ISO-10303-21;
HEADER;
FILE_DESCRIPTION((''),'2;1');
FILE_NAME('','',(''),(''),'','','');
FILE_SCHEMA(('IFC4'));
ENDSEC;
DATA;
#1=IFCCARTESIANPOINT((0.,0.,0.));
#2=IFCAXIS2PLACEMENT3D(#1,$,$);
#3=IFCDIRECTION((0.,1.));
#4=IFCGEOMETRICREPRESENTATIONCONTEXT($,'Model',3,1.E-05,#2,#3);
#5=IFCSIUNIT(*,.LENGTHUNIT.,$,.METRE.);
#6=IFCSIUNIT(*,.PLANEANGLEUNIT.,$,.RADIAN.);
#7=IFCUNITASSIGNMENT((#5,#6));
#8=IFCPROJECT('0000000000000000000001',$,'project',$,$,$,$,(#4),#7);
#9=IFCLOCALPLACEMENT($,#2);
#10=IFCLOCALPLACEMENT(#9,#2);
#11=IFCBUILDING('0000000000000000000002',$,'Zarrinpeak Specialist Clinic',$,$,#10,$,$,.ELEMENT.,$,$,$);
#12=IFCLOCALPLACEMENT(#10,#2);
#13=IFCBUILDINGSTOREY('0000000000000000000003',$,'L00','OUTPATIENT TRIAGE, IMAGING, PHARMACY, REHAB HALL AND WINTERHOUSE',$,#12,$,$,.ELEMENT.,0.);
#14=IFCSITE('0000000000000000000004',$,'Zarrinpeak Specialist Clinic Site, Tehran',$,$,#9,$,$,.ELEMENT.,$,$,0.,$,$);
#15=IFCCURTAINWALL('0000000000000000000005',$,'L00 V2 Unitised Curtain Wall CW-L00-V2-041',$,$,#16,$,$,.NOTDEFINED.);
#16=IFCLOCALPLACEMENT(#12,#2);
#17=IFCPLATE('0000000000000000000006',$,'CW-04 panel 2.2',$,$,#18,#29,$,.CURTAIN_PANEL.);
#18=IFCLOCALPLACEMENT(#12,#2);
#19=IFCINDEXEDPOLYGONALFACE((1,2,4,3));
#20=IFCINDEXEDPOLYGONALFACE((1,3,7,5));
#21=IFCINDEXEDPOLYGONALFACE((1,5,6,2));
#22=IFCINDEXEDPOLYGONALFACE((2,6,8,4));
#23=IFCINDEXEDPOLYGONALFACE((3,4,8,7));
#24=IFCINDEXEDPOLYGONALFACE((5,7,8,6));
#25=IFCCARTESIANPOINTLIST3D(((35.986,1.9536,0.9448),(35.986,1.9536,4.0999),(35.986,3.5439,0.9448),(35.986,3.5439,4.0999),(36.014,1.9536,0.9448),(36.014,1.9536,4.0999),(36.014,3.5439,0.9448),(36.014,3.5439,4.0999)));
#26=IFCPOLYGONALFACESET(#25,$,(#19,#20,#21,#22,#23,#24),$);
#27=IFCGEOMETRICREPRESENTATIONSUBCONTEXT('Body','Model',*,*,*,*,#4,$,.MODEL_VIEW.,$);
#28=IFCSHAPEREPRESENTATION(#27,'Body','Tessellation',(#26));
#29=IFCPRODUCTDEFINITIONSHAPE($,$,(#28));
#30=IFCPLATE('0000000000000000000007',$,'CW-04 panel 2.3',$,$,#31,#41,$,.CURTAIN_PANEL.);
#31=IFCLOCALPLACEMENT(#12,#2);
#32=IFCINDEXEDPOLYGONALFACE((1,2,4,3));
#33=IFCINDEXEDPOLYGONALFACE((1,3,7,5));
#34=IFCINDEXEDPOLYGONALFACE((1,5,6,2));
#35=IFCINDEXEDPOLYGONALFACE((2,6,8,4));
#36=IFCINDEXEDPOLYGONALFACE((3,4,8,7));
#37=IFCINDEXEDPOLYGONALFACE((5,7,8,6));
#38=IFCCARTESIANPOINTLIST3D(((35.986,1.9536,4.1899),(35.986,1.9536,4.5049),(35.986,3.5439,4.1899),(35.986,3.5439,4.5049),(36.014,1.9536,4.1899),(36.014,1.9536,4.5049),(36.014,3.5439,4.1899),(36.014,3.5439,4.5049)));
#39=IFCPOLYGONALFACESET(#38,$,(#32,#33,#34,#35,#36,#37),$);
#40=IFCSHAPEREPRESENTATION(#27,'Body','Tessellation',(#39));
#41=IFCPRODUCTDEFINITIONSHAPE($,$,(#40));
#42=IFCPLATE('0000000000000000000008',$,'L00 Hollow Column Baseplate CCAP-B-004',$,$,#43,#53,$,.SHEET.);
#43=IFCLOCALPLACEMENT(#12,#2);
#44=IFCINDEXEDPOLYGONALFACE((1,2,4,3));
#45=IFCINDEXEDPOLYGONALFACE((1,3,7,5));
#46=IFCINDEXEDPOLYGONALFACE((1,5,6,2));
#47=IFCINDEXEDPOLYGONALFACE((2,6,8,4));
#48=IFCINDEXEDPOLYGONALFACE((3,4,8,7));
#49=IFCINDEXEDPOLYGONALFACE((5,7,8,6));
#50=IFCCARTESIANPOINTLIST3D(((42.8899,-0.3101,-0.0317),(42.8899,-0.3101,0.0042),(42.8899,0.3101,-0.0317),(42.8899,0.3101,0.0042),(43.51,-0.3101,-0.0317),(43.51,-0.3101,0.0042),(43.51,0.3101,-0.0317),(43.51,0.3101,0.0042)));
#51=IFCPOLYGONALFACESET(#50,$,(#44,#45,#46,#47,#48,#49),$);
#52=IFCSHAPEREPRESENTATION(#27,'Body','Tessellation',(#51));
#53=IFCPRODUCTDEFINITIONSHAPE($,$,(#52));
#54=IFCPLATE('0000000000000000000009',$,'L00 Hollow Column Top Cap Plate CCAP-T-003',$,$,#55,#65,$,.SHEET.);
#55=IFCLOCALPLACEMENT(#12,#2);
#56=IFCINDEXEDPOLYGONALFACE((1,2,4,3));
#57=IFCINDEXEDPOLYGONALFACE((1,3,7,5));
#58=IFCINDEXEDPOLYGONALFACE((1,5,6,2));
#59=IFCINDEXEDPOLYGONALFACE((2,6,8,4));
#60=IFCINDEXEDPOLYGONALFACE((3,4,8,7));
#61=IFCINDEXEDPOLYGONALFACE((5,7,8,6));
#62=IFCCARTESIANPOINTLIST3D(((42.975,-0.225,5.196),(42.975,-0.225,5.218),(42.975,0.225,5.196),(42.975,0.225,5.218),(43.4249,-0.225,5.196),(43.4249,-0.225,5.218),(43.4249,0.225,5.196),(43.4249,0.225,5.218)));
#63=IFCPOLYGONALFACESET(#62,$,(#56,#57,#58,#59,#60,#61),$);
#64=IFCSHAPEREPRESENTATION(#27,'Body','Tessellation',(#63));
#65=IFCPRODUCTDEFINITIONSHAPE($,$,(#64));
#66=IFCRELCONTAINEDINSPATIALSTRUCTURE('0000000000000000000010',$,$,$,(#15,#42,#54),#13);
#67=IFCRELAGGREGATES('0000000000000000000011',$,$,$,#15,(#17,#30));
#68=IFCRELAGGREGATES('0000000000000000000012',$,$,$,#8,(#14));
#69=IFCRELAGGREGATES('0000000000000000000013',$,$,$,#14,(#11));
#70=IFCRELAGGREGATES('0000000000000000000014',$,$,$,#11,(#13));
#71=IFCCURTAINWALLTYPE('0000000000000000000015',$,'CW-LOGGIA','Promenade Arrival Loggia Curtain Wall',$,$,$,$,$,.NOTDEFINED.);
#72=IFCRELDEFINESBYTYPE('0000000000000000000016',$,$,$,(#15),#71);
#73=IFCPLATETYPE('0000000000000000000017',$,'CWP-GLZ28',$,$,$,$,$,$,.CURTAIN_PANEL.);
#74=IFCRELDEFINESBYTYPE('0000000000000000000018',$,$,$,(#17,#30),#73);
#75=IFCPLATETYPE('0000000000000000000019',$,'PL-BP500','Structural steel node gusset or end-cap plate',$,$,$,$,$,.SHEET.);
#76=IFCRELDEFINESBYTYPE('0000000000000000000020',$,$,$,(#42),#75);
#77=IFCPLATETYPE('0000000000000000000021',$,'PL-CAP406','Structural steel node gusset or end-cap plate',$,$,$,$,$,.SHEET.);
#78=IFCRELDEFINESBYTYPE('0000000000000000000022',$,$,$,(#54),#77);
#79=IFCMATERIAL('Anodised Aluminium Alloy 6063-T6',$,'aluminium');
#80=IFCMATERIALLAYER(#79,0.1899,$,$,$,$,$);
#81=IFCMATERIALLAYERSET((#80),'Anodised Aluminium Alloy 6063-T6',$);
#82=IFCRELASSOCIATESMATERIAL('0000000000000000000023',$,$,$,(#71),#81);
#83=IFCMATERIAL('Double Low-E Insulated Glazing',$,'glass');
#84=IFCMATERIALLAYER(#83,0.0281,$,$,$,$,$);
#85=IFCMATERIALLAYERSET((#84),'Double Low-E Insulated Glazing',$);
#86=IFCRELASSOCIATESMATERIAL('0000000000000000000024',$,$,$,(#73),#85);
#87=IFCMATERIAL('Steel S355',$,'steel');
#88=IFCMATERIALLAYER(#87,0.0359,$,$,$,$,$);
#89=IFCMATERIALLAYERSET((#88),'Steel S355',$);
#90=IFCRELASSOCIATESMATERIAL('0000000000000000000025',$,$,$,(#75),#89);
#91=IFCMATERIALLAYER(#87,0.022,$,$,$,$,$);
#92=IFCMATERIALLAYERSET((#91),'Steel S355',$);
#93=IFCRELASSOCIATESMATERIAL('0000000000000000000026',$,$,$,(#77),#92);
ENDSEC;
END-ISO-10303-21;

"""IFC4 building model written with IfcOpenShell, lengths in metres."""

from ifc_helpers import new_model, si_unit, direction, frame, origin, origin_2d, place, context, subcontext, project, spatial, rectangle, extrude, material, layer, layer_set, type_object, element, aggregate, save


model = new_model("IFC4")

# Units and contexts
model_context = context("Model", 3, precision=1e-05, world=origin(), true_north=direction((0.0, 1.0)))
body_context = subcontext(model_context, "Body", "Model", "MODEL_VIEW")
ifc_project = project(units=[si_unit("LENGTHUNIT", "METRE"), si_unit("PLANEANGLEUNIT", "RADIAN")], contexts=[model_context])

# Site, building, storey
site_placement = place(None, origin())
site = spatial("IfcSite", under=ifc_project, at=site_placement, Name="Zarrinpeak Specialist Clinic Site, Tehran", CompositionType="ELEMENT", RefElevation=0.0)
building_placement = place(site_placement, origin())
building = spatial("IfcBuilding", under=site, at=building_placement, Name="Zarrinpeak Specialist Clinic", CompositionType="ELEMENT")
storey_placement = place(building_placement, origin())
storey = spatial("IfcBuildingStorey", under=building, at=storey_placement, Name="L00", Description="OUTPATIENT TRIAGE, IMAGING, PHARMACY, REHAB HALL AND WINTERHOUSE", CompositionType="ELEMENT", Elevation=0.0)

# Shared definitions
ifc_material_1 = material(Name="Steel S355", Category="steel")

# Curtain wall, plates
ifc_material_2 = material(Name="Anodised Aluminium Alloy 6063-T6", Category="aluminium")
ifc_layer_1 = layer(ifc_material_2, 0.1899)
ifc_layer_set_1 = layer_set([ifc_layer_1], Name="Anodised Aluminium Alloy 6063-T6")
curtain_wall_type = type_object("IfcCurtainWallType", Name="CW-LOGGIA", Description="Promenade Arrival Loggia Curtain Wall", PredefinedType="NOTDEFINED", material=ifc_layer_set_1)
curtain_wall_placement = place(storey_placement, origin())
curtain_wall = element("IfcCurtainWall", 1, at=curtain_wall_placement, inside=storey, type_object=curtain_wall_type, Name="L00 V2 Unitised Curtain Wall CW-L00-V2-041", PredefinedType="NOTDEFINED")
ifc_material_3 = material(Name="Double Low-E Insulated Glazing", Category="glass")
ifc_layer_2 = layer(ifc_material_3, 0.0281)
ifc_layer_set_2 = layer_set([ifc_layer_2], Name="Double Low-E Insulated Glazing")
plate_type_1 = type_object("IfcPlateType", Name="CWP-GLZ28", PredefinedType="CURTAIN_PANEL", material=ifc_layer_set_2)
plate_1_placement = place(storey_placement, frame((36.0, 2.7488, 0.9448), z_axis=(0.0, 0.0, 1.0), x_axis=(0.0, 1.0, 0.0)))
plate_1 = element("IfcPlate", 2, at=plate_1_placement, type_object=plate_type_1, Name="CW-04 panel 2.2", PredefinedType="CURTAIN_PANEL", context=body_context, shape_type="SweptSolid", body=[
    extrude(rectangle(XDim=1.5903, YDim=0.0281, at=origin_2d()), origin(), (0.0, 0.0, 1.0), 3.155),
])
plate_2_placement = place(storey_placement, frame((36.0, 2.7488, 4.1899), z_axis=(0.0, 0.0, 1.0), x_axis=(0.0, 1.0, 0.0)))
plate_2 = element("IfcPlate", 3, at=plate_2_placement, type_object=plate_type_1, Name="CW-04 panel 2.3", PredefinedType="CURTAIN_PANEL", context=body_context, shape_type="SweptSolid", body=[
    extrude(rectangle(XDim=1.5903, YDim=0.0281, at=origin_2d()), origin(), (0.0, 0.0, 1.0), 0.3149),
])
aggregate(curtain_wall, [plate_1, plate_2])

# Plates
ifc_layer_3 = layer(ifc_material_1, 0.0359)
ifc_layer_set_3 = layer_set([ifc_layer_3], Name="Steel S355")
plate_type_2 = type_object("IfcPlateType", Name="PL-BP500", Description="Structural steel node gusset or end-cap plate", PredefinedType="SHEET", material=ifc_layer_set_3)
plate_3_placement = place(storey_placement, frame((43.2, 0.0, -0.0317), z_axis=(0.0, 0.0, 1.0), x_axis=(1.0, 0.0, 0.0)))
element("IfcPlate", 4, at=plate_3_placement, inside=storey, type_object=plate_type_2, Name="L00 Hollow Column Baseplate CCAP-B-004", PredefinedType="SHEET", context=body_context, shape_type="SweptSolid", body=[
    extrude(rectangle(XDim=0.6201, YDim=0.6201, at=origin_2d()), origin(), (0.0, 0.0, 1.0), 0.0359),
])
ifc_layer_4 = layer(ifc_material_1, 0.022)
ifc_layer_set_4 = layer_set([ifc_layer_4], Name="Steel S355")
plate_type_3 = type_object("IfcPlateType", Name="PL-CAP406", Description="Structural steel node gusset or end-cap plate", PredefinedType="SHEET", material=ifc_layer_set_4)
plate_4_placement = place(storey_placement, frame((43.2, 0.0, 5.196), z_axis=(0.0, 0.0, 1.0), x_axis=(1.0, 0.0, 0.0)))
element("IfcPlate", 5, at=plate_4_placement, inside=storey, type_object=plate_type_3, Name="L00 Hollow Column Top Cap Plate CCAP-T-003", PredefinedType="SHEET", context=body_context, shape_type="SweptSolid", body=[
    extrude(rectangle(XDim=0.45, YDim=0.45, at=origin_2d()), origin(), (0.0, 0.0, 1.0), 0.022),
])

save(model, "model.ifc")
